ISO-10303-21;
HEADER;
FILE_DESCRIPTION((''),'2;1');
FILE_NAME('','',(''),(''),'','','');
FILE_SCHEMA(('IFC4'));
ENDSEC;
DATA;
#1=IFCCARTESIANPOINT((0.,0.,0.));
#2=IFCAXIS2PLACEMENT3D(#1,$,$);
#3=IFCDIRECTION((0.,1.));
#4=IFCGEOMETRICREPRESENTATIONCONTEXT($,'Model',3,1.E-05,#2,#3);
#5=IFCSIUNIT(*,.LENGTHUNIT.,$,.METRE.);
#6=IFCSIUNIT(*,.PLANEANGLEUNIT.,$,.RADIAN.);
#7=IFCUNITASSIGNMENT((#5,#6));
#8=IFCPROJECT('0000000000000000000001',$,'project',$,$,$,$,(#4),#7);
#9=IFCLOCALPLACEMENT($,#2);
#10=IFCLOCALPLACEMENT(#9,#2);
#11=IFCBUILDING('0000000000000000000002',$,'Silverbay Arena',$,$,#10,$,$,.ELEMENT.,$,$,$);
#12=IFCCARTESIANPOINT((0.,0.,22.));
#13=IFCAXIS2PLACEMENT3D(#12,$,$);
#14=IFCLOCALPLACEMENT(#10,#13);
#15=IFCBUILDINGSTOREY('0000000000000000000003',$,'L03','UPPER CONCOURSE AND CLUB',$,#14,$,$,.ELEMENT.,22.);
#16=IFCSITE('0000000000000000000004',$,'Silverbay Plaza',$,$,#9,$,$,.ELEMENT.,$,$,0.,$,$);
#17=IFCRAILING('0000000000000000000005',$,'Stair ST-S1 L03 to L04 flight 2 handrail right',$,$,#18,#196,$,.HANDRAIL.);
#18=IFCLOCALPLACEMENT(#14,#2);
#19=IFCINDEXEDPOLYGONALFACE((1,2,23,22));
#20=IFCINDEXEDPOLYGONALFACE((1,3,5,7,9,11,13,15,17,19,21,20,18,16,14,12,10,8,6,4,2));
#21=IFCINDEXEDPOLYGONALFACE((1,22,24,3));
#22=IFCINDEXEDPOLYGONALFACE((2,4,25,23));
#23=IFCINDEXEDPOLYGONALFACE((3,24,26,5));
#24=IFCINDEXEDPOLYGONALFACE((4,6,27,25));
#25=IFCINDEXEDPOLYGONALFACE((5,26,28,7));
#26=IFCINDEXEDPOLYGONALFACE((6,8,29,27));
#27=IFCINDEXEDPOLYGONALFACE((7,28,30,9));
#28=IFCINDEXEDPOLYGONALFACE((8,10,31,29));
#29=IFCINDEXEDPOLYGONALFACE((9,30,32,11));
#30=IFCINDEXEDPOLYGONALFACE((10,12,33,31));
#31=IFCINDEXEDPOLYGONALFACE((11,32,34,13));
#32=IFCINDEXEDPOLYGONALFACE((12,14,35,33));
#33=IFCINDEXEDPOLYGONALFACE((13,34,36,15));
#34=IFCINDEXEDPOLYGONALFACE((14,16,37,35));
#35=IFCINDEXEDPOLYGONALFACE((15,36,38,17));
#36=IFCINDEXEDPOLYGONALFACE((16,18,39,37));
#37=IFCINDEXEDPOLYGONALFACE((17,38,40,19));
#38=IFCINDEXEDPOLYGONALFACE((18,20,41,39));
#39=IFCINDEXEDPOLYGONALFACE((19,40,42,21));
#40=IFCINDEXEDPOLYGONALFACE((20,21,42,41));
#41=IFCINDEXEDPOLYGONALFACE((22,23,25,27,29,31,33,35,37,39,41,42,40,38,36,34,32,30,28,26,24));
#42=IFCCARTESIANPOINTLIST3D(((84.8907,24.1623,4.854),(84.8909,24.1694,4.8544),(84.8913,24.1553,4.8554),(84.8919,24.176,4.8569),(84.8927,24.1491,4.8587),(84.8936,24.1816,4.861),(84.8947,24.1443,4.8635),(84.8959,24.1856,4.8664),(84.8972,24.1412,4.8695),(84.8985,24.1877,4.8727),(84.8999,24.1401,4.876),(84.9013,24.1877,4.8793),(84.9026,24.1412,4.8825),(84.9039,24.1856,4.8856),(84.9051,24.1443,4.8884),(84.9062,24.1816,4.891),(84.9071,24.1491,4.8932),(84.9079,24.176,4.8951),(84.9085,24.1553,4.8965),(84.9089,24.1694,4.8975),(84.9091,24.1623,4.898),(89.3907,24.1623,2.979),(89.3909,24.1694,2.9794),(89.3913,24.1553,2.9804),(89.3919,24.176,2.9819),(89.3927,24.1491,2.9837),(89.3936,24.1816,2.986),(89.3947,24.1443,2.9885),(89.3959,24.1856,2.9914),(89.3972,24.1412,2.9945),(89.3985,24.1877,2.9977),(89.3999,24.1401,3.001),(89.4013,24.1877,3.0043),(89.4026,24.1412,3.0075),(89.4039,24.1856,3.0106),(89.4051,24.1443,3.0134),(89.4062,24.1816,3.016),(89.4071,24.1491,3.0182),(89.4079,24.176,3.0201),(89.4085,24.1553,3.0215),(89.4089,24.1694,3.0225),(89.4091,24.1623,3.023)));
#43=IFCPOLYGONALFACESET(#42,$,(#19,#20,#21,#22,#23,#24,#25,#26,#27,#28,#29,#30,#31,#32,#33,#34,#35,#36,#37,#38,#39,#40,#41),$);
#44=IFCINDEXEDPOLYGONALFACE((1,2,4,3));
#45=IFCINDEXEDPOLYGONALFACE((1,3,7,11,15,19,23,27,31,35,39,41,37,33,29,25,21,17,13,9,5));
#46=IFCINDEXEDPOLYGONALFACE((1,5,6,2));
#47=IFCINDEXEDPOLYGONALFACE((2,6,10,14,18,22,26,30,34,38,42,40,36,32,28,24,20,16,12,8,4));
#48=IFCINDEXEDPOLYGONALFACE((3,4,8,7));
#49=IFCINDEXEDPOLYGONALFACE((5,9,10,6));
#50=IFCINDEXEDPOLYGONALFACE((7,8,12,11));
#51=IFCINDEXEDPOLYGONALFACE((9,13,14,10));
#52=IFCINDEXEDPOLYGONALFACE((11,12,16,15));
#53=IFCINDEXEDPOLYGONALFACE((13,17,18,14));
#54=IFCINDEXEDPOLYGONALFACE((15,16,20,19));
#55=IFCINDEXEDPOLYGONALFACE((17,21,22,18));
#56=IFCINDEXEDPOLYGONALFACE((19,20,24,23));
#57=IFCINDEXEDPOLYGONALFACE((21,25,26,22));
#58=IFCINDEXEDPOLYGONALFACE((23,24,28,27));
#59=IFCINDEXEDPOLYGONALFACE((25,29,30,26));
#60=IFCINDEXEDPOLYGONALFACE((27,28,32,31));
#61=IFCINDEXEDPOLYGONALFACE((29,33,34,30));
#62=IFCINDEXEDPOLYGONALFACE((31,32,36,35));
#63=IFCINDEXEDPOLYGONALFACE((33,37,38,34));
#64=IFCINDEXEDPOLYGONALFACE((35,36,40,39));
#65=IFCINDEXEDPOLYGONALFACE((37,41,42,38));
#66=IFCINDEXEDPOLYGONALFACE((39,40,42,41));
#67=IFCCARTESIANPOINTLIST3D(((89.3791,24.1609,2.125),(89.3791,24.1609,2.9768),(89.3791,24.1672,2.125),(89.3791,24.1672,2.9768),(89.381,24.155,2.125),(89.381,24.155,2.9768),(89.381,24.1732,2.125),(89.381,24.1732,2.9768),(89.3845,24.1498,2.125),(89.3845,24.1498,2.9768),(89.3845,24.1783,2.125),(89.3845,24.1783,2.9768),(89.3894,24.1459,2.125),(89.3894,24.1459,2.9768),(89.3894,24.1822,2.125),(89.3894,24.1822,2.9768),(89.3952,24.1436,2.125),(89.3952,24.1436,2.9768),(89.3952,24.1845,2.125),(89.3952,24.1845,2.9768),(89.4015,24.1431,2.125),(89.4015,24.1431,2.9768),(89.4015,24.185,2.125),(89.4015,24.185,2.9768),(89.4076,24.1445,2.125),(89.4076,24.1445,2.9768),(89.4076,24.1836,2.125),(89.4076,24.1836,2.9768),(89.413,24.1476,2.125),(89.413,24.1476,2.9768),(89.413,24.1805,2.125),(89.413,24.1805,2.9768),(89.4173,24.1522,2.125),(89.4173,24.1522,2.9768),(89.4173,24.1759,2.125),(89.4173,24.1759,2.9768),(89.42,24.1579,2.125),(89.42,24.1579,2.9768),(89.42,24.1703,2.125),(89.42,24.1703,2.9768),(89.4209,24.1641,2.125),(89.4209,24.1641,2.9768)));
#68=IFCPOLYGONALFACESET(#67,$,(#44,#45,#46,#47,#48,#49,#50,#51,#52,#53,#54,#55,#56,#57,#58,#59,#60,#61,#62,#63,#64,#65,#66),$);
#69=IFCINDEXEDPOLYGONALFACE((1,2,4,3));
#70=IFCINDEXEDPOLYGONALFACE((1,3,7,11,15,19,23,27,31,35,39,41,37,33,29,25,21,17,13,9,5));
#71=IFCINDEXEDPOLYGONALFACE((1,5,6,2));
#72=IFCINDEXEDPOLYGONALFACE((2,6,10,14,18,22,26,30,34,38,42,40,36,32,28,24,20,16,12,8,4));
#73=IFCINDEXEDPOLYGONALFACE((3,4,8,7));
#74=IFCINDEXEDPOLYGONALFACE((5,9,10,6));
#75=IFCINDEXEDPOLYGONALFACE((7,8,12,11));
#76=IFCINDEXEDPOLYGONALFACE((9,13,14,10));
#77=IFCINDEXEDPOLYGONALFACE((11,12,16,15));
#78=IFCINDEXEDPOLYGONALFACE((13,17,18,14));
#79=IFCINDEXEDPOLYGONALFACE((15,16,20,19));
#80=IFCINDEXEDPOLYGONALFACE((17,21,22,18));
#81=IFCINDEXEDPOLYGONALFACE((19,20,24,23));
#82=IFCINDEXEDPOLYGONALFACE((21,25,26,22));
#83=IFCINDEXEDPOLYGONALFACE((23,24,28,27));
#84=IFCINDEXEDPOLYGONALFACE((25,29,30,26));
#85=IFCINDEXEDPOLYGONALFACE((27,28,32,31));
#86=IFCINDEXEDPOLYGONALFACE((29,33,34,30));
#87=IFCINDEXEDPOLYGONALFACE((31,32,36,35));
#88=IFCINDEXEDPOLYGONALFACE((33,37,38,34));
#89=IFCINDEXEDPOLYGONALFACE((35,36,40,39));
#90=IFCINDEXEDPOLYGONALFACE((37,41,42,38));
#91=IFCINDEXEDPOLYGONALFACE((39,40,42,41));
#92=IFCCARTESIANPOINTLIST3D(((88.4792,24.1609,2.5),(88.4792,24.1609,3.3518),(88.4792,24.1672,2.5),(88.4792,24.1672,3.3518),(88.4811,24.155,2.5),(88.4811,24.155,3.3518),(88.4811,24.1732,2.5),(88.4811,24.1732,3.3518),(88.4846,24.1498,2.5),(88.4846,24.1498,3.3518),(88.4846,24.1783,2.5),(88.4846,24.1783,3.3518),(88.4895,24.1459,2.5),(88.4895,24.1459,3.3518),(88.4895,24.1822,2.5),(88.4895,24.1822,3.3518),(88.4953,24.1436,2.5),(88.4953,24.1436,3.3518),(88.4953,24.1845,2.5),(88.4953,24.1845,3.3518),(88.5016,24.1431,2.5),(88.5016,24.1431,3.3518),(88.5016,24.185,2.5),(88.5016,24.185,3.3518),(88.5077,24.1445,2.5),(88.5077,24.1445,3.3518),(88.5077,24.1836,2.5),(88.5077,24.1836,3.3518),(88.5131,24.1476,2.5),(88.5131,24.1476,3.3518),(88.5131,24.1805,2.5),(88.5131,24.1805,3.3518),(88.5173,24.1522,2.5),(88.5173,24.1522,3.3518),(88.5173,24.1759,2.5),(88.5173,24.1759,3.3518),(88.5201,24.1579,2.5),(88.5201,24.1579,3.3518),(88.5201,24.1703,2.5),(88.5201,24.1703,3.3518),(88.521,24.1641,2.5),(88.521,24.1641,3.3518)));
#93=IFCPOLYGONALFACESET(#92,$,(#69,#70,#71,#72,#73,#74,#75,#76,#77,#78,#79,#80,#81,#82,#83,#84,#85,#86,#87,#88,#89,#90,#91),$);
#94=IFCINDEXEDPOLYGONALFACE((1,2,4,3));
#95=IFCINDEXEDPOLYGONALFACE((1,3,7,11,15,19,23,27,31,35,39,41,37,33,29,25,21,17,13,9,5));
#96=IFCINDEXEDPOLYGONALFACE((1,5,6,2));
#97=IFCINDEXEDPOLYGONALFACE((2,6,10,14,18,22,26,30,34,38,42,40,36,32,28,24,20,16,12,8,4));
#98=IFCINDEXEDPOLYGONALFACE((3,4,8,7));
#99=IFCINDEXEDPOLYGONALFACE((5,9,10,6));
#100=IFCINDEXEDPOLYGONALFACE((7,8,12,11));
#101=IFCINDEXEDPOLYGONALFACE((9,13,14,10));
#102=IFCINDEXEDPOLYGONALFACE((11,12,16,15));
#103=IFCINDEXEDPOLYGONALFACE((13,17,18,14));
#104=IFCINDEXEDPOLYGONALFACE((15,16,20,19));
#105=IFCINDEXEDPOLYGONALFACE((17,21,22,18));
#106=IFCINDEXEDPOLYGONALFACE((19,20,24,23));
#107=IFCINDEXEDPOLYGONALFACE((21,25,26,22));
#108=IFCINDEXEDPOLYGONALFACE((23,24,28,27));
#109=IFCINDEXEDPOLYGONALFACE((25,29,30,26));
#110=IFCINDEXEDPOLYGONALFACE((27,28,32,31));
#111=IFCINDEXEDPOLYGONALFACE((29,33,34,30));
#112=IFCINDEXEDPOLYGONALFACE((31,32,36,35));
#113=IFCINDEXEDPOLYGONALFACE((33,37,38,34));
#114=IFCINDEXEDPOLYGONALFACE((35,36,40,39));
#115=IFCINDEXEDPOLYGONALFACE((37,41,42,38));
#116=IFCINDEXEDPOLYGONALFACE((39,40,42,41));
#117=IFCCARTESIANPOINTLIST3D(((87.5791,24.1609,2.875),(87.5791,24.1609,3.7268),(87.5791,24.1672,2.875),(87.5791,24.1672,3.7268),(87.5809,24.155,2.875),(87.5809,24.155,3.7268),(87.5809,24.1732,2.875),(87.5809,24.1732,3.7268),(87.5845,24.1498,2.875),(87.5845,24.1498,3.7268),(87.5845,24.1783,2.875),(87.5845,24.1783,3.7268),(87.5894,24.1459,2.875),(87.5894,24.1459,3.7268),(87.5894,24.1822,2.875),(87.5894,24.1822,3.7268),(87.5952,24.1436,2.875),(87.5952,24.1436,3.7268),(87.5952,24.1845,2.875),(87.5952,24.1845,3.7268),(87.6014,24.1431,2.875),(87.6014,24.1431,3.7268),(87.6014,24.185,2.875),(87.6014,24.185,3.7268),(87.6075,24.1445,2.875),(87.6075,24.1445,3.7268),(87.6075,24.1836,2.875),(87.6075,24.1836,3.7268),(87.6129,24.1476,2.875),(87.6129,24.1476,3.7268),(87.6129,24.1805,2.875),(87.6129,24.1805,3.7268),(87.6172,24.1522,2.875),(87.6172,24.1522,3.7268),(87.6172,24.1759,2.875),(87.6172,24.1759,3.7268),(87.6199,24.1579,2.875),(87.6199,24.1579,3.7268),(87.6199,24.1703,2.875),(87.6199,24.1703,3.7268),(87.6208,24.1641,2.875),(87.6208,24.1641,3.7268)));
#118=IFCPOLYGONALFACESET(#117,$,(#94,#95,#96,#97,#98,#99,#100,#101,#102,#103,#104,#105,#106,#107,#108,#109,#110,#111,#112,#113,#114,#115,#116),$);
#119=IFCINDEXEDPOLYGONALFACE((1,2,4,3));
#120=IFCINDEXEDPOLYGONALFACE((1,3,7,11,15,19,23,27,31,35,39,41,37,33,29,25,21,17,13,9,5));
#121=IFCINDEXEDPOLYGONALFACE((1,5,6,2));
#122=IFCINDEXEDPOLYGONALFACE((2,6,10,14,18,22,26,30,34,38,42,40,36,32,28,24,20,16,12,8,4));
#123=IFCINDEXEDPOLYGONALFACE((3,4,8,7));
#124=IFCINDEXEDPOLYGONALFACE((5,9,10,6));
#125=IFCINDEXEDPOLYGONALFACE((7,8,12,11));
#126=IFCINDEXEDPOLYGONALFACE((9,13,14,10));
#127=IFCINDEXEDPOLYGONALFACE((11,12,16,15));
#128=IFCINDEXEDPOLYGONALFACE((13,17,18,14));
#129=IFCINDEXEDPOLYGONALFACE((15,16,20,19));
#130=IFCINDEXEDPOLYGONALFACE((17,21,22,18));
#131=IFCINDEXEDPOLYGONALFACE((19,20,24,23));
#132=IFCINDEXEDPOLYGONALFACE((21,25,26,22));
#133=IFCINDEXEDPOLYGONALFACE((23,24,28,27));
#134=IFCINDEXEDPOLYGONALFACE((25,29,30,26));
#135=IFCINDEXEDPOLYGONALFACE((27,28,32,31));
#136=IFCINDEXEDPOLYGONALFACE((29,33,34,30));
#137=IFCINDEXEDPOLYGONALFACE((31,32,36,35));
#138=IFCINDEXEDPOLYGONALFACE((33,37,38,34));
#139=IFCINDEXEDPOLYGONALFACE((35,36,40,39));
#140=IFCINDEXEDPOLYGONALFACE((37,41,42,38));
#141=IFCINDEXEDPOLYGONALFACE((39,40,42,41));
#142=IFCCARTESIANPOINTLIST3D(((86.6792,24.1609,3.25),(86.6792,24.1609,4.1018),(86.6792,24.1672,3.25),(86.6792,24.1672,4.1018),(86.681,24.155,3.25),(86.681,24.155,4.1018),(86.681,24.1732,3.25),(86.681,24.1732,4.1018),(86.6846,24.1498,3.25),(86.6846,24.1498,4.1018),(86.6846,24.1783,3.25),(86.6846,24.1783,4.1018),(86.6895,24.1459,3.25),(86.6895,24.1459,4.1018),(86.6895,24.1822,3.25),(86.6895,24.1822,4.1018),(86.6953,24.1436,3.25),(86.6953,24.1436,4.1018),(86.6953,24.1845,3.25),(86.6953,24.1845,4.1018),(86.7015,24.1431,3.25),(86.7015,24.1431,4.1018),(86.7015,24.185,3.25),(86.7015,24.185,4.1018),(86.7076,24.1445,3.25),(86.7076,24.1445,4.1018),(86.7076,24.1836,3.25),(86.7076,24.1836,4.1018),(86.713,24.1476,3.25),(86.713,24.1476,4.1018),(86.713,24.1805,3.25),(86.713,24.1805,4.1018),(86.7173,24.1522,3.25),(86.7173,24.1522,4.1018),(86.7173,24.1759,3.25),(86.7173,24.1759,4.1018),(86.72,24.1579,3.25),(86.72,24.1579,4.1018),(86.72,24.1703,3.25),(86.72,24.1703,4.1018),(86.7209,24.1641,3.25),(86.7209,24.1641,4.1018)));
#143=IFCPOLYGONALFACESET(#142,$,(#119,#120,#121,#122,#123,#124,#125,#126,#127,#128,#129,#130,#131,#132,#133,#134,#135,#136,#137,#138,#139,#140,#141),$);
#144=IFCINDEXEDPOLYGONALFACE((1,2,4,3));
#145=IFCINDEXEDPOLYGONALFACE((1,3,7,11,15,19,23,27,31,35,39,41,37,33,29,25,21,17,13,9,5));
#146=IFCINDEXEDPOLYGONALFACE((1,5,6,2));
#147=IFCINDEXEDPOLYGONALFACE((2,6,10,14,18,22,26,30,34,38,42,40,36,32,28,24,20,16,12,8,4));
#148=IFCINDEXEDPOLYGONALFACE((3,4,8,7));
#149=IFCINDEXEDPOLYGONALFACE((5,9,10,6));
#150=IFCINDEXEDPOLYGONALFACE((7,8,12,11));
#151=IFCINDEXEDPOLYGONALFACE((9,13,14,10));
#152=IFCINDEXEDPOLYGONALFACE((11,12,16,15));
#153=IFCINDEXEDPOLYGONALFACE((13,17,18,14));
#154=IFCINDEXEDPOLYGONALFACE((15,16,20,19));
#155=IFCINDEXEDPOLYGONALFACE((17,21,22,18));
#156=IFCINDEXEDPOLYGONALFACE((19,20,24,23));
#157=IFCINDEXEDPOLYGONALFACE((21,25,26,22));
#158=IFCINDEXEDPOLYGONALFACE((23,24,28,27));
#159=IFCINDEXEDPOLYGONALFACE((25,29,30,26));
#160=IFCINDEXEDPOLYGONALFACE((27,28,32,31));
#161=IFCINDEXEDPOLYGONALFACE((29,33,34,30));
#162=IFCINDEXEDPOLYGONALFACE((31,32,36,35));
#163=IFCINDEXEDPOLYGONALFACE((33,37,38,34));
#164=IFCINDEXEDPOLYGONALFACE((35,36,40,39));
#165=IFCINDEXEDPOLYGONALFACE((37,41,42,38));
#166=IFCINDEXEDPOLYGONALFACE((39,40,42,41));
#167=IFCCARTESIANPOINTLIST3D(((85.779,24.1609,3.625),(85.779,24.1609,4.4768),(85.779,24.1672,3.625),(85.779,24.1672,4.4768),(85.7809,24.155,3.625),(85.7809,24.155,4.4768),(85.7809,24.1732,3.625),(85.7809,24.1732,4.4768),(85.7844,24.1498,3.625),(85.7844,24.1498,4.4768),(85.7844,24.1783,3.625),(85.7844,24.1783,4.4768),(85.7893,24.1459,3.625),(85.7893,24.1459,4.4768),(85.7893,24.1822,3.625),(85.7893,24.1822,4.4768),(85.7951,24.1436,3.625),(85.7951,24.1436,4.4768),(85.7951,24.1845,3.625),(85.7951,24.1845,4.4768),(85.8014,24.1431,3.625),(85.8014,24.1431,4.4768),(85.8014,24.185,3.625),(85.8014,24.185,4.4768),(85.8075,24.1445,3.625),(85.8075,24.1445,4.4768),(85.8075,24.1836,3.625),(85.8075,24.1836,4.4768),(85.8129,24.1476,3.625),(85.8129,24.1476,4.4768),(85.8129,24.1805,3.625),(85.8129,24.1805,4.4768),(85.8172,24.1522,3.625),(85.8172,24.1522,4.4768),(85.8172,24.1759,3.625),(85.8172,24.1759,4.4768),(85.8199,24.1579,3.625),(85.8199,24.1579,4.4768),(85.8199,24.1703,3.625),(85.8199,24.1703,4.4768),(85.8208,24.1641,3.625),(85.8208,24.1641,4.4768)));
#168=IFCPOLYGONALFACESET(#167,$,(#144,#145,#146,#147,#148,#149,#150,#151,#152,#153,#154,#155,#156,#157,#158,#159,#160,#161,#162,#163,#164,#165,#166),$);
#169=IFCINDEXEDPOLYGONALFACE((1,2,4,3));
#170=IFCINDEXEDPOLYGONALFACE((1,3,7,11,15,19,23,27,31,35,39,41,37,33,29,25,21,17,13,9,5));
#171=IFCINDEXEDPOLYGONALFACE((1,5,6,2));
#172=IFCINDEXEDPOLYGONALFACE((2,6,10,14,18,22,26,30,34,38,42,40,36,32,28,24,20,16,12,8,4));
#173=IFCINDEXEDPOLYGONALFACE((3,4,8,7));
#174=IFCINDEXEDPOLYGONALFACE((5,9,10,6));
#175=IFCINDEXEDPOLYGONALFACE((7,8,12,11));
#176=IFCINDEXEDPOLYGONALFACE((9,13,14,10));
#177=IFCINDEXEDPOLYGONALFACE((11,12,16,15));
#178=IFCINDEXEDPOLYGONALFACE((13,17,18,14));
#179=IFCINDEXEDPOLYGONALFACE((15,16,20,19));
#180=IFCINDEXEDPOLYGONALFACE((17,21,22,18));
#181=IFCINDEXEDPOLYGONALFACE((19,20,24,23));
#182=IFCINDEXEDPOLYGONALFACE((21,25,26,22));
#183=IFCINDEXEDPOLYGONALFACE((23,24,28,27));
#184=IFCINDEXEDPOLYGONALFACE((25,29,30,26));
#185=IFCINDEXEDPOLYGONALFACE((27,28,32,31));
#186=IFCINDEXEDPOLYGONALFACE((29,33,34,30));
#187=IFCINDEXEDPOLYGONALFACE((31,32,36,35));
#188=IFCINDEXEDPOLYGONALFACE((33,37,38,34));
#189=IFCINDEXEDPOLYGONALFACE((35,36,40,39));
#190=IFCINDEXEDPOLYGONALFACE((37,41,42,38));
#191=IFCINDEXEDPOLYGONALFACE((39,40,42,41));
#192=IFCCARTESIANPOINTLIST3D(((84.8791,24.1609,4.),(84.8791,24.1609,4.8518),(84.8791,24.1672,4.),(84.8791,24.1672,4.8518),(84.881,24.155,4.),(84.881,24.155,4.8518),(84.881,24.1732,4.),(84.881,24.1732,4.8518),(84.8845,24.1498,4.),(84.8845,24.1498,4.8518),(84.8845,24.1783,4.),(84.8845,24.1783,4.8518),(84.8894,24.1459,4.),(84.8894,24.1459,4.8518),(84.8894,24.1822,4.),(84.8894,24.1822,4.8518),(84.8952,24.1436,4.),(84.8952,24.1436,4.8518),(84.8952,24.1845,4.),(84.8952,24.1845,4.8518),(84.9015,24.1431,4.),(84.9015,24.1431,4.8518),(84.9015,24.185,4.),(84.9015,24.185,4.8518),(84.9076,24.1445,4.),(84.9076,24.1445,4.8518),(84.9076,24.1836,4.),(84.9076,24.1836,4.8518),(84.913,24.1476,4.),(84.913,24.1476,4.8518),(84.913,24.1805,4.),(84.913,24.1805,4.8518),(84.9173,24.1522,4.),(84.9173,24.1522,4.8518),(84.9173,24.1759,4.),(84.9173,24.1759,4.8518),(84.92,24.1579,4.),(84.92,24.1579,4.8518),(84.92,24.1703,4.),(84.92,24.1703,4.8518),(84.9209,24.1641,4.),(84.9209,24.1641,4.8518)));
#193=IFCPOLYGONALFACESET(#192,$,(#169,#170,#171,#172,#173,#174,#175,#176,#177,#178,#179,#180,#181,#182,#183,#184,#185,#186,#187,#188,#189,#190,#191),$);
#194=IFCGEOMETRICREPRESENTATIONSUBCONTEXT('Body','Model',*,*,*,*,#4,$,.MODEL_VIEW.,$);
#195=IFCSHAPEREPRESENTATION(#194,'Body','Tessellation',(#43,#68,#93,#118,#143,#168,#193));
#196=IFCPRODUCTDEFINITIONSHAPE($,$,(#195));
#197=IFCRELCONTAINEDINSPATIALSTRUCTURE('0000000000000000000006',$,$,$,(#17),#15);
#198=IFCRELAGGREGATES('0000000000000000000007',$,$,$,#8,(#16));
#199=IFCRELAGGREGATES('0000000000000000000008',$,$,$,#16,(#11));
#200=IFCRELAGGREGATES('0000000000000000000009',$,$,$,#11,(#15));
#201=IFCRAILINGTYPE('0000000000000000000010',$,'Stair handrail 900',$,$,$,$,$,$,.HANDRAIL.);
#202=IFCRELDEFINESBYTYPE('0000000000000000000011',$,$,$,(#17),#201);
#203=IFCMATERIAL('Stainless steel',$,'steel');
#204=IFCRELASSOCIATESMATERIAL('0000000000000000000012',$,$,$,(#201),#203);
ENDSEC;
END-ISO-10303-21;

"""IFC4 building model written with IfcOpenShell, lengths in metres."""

from ifc_helpers import new_model, si_unit, direction, frame, origin, origin_2d, place, context, subcontext, project, spatial, circle, extrude, material, type_object, element, save


model = new_model("IFC4")

# Units and contexts
model_context = context("Model", 3, precision=1e-05, world=origin(), true_north=direction((0.0, 1.0)))
body_context = subcontext(model_context, "Body", "Model", "MODEL_VIEW")
ifc_project = project(units=[si_unit("LENGTHUNIT", "METRE"), si_unit("PLANEANGLEUNIT", "RADIAN")], contexts=[model_context])

# Site, building, storey
site_placement = place(None, origin())
site = spatial("IfcSite", under=ifc_project, at=site_placement, Name="Silverbay Plaza", CompositionType="ELEMENT", RefElevation=0.0)
building_placement = place(site_placement, origin())
building = spatial("IfcBuilding", under=site, at=building_placement, Name="Silverbay Arena", CompositionType="ELEMENT")
storey_placement = place(building_placement, frame((0.0, 0.0, 22.0)))
storey = spatial("IfcBuildingStorey", under=building, at=storey_placement, Name="L03", Description="UPPER CONCOURSE AND CLUB", CompositionType="ELEMENT", Elevation=22.0)

# Railing
ifc_material_1 = material(Name="Stainless steel", Category="steel")
railing_type_1 = type_object("IfcRailingType", Name="Stair handrail 900", PredefinedType="HANDRAIL", material=ifc_material_1)
for number, where, name in (
    (1, (89.3999, 24.1641, 2.125), "Stair ST-S1 L03 to L04 flight 2 handrail right"),
):
    element("IfcRailing", number, at=place(storey_placement, frame(where)), inside=storey, type_object=railing_type_1, Name=name, PredefinedType="HANDRAIL", context=body_context, shape_type="SweptSolid", body=[
        extrude(circle(Radius=0.0239, at=origin_2d()), frame((0.0, 0.0, 0.876), z_axis=(-0.923077, 0.0, 0.384615), x_axis=(0.0, -1.0, 0.0)), (0.0, 0.0, 1.0), 4.875),
        extrude(circle(Radius=0.021, at=origin_2d()), origin(), (0.0, 0.0, 1.0), 0.8518),
        extrude(circle(Radius=0.021, at=origin_2d()), frame((-0.8999, 0.0, 0.375)), (0.0, 0.0, 1.0), 0.8518),
        extrude(circle(Radius=0.021, at=origin_2d()), frame((-1.8, 0.0, 0.75)), (0.0, 0.0, 1.0), 0.8518),
        extrude(circle(Radius=0.021, at=origin_2d()), frame((-2.7, 0.0, 1.125)), (0.0, 0.0, 1.0), 0.8518),
        extrude(circle(Radius=0.021, at=origin_2d()), frame((-3.6001, 0.0, 1.5)), (0.0, 0.0, 1.0), 0.8518),
        extrude(circle(Radius=0.021, at=origin_2d()), frame((-4.5, 0.0, 1.875)), (0.0, 0.0, 1.0), 0.8518),
    ])

save(model, "model.ifc")
